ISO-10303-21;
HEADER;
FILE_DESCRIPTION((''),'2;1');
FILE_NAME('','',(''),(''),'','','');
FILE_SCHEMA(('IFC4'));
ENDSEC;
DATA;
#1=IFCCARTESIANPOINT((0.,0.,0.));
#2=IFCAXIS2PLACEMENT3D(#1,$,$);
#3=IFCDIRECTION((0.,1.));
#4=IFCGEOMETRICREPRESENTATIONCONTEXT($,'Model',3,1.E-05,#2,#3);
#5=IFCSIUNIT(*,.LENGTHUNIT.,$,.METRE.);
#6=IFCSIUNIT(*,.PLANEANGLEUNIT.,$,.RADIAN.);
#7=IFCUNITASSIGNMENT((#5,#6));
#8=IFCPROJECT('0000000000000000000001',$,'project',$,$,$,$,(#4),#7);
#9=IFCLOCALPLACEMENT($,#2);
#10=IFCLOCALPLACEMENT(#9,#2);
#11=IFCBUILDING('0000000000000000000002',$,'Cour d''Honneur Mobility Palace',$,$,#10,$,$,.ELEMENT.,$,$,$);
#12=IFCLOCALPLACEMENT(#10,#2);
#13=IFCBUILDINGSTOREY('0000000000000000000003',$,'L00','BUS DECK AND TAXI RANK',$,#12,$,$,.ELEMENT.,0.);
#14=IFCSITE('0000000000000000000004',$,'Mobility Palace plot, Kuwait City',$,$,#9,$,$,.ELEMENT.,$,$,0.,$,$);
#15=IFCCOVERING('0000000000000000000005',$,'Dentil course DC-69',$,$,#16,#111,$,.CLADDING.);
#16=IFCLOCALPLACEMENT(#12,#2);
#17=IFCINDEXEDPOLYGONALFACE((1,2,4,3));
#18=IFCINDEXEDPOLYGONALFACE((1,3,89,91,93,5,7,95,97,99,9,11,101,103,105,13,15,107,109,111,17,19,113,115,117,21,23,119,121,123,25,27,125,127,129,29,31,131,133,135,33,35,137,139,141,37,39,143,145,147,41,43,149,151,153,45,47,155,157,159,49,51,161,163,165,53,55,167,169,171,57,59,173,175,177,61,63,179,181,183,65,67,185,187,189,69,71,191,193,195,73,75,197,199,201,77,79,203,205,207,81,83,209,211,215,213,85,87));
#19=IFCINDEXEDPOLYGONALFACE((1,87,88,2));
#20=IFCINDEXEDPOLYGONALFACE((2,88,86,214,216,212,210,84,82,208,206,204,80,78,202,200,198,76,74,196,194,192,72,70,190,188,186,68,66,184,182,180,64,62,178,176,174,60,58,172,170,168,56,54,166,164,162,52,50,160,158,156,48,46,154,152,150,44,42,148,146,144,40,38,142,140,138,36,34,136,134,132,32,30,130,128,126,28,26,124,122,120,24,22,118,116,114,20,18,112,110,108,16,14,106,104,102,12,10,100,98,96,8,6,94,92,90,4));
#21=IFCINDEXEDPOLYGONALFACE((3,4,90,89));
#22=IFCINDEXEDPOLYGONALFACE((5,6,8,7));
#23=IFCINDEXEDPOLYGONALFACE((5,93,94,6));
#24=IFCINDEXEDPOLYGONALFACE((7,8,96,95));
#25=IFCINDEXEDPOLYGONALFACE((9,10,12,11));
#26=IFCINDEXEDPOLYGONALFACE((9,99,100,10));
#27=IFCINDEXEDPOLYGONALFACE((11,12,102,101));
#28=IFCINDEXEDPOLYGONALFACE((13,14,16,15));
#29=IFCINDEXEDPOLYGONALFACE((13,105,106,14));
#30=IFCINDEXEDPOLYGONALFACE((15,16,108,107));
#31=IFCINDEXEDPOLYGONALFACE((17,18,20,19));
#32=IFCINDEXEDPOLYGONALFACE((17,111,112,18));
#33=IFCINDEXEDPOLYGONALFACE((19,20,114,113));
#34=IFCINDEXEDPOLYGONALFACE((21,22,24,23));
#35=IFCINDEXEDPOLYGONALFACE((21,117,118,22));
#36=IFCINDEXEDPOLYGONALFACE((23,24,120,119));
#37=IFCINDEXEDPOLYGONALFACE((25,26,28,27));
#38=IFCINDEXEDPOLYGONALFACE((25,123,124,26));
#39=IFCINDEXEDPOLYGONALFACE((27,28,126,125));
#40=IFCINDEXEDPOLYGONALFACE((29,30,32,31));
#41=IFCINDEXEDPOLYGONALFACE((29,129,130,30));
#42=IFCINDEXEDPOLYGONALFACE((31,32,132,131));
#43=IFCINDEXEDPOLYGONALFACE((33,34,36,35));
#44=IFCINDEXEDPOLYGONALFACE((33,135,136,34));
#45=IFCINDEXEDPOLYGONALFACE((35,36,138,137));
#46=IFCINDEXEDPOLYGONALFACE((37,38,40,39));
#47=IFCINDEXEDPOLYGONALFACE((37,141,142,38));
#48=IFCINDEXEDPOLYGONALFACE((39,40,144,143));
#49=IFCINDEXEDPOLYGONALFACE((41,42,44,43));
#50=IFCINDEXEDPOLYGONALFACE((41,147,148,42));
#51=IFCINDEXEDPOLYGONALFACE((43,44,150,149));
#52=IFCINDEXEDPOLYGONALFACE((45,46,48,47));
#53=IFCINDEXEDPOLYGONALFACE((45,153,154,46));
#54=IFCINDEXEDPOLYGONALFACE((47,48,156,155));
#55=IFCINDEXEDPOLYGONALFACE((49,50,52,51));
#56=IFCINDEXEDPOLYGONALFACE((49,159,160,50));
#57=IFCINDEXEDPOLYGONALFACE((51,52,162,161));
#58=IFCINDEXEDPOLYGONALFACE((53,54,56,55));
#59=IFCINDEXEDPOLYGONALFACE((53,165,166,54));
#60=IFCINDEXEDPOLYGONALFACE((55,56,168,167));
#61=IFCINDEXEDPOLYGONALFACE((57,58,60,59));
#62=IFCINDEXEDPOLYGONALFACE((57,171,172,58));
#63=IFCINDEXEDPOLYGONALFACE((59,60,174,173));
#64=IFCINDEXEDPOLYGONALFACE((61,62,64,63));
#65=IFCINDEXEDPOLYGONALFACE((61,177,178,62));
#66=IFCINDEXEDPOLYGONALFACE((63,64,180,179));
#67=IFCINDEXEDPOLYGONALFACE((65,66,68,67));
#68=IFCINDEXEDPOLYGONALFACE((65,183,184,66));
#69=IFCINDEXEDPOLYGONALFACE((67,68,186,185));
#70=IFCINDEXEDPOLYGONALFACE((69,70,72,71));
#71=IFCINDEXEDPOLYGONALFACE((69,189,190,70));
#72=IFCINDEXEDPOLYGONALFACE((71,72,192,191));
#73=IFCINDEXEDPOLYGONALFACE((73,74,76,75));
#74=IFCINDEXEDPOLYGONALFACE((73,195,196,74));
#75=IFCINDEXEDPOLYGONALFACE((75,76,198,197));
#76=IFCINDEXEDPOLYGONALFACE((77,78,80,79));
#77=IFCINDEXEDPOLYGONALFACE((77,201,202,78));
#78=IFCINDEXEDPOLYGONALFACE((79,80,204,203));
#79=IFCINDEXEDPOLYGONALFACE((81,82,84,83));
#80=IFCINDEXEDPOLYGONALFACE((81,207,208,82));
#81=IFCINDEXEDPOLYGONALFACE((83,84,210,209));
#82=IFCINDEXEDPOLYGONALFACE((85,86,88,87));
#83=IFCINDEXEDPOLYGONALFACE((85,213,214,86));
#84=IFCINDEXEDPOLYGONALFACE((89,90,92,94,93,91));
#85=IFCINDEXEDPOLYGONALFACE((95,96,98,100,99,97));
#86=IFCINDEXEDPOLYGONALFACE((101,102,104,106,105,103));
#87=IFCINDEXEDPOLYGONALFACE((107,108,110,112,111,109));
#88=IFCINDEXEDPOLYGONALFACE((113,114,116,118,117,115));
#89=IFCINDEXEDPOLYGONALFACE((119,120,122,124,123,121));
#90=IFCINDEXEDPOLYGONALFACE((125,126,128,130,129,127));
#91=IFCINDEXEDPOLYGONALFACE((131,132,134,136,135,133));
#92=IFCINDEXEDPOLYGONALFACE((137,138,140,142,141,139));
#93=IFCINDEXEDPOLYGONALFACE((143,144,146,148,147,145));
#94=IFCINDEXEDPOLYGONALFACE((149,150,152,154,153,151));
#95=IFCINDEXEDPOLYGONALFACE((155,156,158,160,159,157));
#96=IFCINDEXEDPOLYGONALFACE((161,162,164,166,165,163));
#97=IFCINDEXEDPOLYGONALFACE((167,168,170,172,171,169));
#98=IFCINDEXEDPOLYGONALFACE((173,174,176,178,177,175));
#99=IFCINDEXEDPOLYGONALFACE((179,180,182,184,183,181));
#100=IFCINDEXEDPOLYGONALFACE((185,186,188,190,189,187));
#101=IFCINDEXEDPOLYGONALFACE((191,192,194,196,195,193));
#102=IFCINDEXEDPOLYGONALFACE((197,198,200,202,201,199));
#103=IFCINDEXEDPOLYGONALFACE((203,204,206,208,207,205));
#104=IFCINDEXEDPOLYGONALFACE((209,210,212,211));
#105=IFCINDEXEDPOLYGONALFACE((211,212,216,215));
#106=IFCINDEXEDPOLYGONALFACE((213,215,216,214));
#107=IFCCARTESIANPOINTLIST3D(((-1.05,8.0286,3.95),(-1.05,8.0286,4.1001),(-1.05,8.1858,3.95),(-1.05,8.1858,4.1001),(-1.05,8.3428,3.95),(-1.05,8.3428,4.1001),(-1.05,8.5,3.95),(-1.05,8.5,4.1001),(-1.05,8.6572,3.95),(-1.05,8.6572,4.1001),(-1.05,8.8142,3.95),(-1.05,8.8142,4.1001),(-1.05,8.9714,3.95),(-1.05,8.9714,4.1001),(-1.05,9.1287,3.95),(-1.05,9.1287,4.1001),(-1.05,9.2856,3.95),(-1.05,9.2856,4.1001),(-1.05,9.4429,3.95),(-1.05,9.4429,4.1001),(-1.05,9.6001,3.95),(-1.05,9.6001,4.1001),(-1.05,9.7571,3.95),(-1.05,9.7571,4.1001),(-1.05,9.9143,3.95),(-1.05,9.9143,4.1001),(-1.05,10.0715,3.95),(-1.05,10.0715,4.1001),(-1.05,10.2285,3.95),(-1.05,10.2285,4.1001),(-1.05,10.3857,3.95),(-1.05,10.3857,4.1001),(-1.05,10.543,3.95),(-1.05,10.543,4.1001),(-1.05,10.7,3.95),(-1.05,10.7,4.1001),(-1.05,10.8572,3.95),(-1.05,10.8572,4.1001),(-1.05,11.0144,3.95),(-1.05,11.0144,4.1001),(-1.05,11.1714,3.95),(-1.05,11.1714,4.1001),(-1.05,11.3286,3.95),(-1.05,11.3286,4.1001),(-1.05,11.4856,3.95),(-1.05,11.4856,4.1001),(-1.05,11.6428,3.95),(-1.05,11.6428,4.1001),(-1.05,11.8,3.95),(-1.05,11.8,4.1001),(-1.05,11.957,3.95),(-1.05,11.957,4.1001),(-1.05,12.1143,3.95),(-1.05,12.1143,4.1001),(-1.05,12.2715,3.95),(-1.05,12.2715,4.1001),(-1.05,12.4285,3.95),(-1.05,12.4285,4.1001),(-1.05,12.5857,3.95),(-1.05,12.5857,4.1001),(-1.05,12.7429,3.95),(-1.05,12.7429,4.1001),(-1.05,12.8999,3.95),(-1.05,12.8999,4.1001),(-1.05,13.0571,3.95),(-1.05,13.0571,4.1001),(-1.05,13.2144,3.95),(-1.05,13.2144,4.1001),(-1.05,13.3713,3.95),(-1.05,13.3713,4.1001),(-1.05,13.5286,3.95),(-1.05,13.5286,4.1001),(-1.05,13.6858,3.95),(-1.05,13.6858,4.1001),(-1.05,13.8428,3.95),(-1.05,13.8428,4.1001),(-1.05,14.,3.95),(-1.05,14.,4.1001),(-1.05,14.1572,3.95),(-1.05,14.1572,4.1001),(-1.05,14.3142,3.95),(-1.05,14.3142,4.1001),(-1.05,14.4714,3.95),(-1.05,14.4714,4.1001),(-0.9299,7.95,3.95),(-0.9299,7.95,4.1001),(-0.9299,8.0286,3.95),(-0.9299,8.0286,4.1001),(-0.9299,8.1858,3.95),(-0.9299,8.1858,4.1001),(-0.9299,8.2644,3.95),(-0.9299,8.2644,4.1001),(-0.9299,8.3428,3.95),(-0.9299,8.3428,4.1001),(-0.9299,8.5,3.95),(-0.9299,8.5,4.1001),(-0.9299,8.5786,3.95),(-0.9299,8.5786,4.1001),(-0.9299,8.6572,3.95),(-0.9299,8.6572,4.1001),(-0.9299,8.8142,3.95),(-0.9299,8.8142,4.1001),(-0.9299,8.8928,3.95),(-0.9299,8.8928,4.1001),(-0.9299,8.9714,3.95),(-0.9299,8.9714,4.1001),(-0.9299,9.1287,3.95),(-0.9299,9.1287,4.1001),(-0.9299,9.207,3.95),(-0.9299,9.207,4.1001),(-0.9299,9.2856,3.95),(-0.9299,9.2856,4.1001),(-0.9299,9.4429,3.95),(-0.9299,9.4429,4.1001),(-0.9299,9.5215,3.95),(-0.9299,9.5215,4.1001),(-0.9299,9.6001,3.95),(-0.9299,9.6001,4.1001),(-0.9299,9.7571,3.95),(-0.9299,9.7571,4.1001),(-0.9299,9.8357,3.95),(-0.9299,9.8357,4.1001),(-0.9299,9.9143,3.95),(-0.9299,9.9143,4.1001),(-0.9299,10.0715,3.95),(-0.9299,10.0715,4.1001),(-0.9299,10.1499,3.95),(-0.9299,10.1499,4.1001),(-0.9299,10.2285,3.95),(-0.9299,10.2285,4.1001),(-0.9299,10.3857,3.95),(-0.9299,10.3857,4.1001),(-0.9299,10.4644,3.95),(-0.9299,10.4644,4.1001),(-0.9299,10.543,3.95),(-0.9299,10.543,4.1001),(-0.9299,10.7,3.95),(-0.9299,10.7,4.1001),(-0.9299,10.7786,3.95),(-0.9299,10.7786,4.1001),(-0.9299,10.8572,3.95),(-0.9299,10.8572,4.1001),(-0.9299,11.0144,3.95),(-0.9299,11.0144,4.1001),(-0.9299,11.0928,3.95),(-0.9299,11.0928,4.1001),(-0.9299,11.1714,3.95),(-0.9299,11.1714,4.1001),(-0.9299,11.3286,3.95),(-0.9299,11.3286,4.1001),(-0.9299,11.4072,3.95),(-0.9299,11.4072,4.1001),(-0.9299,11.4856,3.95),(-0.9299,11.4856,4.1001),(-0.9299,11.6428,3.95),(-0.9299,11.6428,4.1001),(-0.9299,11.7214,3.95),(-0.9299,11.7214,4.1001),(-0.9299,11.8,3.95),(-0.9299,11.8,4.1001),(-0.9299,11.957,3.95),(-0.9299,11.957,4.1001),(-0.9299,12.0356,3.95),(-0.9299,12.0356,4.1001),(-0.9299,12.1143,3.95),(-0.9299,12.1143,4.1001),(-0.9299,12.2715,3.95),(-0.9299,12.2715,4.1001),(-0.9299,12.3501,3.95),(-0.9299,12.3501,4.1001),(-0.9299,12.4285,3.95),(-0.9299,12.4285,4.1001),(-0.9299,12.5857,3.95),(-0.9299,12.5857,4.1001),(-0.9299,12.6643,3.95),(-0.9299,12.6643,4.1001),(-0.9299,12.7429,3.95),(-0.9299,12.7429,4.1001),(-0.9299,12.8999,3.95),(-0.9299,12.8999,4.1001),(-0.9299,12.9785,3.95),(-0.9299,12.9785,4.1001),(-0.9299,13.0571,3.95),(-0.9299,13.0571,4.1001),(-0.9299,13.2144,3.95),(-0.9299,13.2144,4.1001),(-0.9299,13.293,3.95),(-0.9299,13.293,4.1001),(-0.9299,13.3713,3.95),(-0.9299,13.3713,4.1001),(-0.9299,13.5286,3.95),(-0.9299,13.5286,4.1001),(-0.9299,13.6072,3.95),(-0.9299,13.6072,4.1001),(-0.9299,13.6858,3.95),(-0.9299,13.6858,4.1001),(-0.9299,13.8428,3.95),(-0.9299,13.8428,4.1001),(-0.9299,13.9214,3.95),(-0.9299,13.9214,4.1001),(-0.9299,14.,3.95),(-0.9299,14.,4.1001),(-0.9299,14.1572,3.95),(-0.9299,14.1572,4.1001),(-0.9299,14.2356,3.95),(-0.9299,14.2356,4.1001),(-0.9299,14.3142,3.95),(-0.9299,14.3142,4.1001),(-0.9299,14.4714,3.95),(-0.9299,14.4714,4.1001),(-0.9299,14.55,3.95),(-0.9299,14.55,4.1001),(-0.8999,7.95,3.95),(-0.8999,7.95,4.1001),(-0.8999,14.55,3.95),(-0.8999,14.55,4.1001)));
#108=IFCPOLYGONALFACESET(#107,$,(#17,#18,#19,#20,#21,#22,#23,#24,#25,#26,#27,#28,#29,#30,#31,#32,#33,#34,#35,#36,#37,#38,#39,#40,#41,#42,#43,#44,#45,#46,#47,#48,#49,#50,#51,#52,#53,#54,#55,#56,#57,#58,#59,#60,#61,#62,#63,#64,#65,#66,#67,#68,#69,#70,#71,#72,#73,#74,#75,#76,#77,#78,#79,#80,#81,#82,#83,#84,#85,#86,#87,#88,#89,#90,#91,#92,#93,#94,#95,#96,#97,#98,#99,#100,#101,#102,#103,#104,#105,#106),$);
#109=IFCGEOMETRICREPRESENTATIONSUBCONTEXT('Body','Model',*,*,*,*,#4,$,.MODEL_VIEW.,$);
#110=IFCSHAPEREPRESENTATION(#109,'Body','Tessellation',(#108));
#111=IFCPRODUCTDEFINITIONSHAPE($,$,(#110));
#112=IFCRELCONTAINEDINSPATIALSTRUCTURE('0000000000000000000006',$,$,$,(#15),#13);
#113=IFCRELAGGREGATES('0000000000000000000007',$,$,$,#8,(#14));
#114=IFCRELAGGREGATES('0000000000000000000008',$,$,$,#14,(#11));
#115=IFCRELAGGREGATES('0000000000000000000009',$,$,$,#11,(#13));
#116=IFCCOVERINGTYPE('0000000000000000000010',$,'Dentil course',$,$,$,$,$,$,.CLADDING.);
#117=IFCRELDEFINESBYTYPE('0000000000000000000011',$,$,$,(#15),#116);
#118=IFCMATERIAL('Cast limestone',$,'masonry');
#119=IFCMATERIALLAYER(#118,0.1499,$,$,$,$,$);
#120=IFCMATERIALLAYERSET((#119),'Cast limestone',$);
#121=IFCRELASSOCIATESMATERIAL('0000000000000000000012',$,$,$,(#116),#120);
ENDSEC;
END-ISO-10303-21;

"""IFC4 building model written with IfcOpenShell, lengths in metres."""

from ifc_helpers import new_model, si_unit, direction, frame, origin, place, context, subcontext, project, spatial, polyline, outline, extrude, material, layer, layer_set, type_object, element, save


model = new_model("IFC4")

# Units and contexts
model_context = context("Model", 3, precision=1e-05, world=origin(), true_north=direction((0.0, 1.0)))
body_context = subcontext(model_context, "Body", "Model", "MODEL_VIEW")
ifc_project = project(units=[si_unit("LENGTHUNIT", "METRE"), si_unit("PLANEANGLEUNIT", "RADIAN")], contexts=[model_context])

# Site, building, storey
site_placement = place(None, origin())
site = spatial("IfcSite", under=ifc_project, at=site_placement, Name="Mobility Palace plot, Kuwait City", CompositionType="ELEMENT", RefElevation=0.0)
building_placement = place(site_placement, origin())
building = spatial("IfcBuilding", under=site, at=building_placement, Name="Cour d'Honneur Mobility Palace", CompositionType="ELEMENT")
storey_placement = place(building_placement, origin())
storey = spatial("IfcBuildingStorey", under=building, at=storey_placement, Name="L00", Description="BUS DECK AND TAXI RANK", CompositionType="ELEMENT", Elevation=0.0)

# Covering
ifc_material = material(Name="Cast limestone", Category="masonry")
ifc_layer = layer(ifc_material, 0.1499)
ifc_layer_set = layer_set([ifc_layer], Name="Cast limestone")
covering_type = type_object("IfcCoveringType", Name="Dentil course", PredefinedType="CLADDING", material=ifc_layer_set)
covering_1_placement = place(storey_placement, frame((0.0, 0.0, 3.95)))
element("IfcCovering", 1, at=covering_1_placement, inside=storey, type_object=covering_type, Name="Dentil course DC-69", PredefinedType="CLADDING", context=body_context, shape_type="SweptSolid", body=[
    extrude(outline(polyline([(-0.8999, 14.55), (-0.8999, 7.95), (-0.9299, 7.95), (-0.9299, 7.95), (-0.9299, 8.0286), (-1.05, 8.0286), (-1.05, 8.1858), (-0.9299, 8.1858), (-0.9299, 8.2644), (-0.9299, 8.2644), (-0.9299, 8.3428), (-1.05, 8.3428), (-1.05, 8.5), (-0.9299, 8.5), (-0.9299, 8.5786), (-0.9299, 8.5786), (-0.9299, 8.6572), (-1.05, 8.6572), (-1.05, 8.8142), (-0.9299, 8.8142), (-0.9299, 8.8928), (-0.9299, 8.8928), (-0.9299, 8.9714), (-1.05, 8.9714), (-1.05, 9.1287), (-0.9299, 9.1287), (-0.9299, 9.207), (-0.9299, 9.207), (-0.9299, 9.2856), (-1.05, 9.2856), (-1.05, 9.4429), (-0.9299, 9.4429), (-0.9299, 9.5215), (-0.9299, 9.5215), (-0.9299, 9.6001), (-1.05, 9.6001), (-1.05, 9.7571), (-0.9299, 9.7571), (-0.9299, 9.8357), (-0.9299, 9.8357), (-0.9299, 9.9143), (-1.05, 9.9143), (-1.05, 10.0715), (-0.9299, 10.0715), (-0.9299, 10.1499), (-0.9299, 10.1499), (-0.9299, 10.2285), (-1.05, 10.2285), (-1.05, 10.3857), (-0.9299, 10.3857), (-0.9299, 10.4644), (-0.9299, 10.4644), (-0.9299, 10.543), (-1.05, 10.543), (-1.05, 10.7), (-0.9299, 10.7), (-0.9299, 10.7786), (-0.9299, 10.7786), (-0.9299, 10.8572), (-1.05, 10.8572), (-1.05, 11.0144), (-0.9299, 11.0144), (-0.9299, 11.0928), (-0.9299, 11.0928), (-0.9299, 11.1714), (-1.05, 11.1714), (-1.05, 11.3286), (-0.9299, 11.3286), (-0.9299, 11.4072), (-0.9299, 11.4072), (-0.9299, 11.4856), (-1.05, 11.4856), (-1.05, 11.6428), (-0.9299, 11.6428), (-0.9299, 11.7214), (-0.9299, 11.7214), (-0.9299, 11.8), (-1.05, 11.8), (-1.05, 11.957), (-0.9299, 11.957), (-0.9299, 12.0356), (-0.9299, 12.0356), (-0.9299, 12.1143), (-1.05, 12.1143), (-1.05, 12.2715), (-0.9299, 12.2715), (-0.9299, 12.3501), (-0.9299, 12.3501), (-0.9299, 12.4285), (-1.05, 12.4285), (-1.05, 12.5857), (-0.9299, 12.5857), (-0.9299, 12.6643), (-0.9299, 12.6643), (-0.9299, 12.7429), (-1.05, 12.7429), (-1.05, 12.8999), (-0.9299, 12.8999), (-0.9299, 12.9785), (-0.9299, 12.9785), (-0.9299, 13.0571), (-1.05, 13.0571), (-1.05, 13.2144), (-0.9299, 13.2144), (-0.9299, 13.293), (-0.9299, 13.293), (-0.9299, 13.3713), (-1.05, 13.3713), (-1.05, 13.5286), (-0.9299, 13.5286), (-0.9299, 13.6072), (-0.9299, 13.6072), (-0.9299, 13.6858), (-1.05, 13.6858), (-1.05, 13.8428), (-0.9299, 13.8428), (-0.9299, 13.9214), (-0.9299, 13.9214), (-0.9299, 14.0), (-1.05, 14.0), (-1.05, 14.1572), (-0.9299, 14.1572), (-0.9299, 14.2356), (-0.9299, 14.2356), (-0.9299, 14.3142), (-1.05, 14.3142), (-1.05, 14.4714), (-0.9299, 14.4714), (-0.9299, 14.55), (-0.8999, 14.55)])), origin(), (0.0, 0.0, 1.0), 0.1501),
])

save(model, "model.ifc")
